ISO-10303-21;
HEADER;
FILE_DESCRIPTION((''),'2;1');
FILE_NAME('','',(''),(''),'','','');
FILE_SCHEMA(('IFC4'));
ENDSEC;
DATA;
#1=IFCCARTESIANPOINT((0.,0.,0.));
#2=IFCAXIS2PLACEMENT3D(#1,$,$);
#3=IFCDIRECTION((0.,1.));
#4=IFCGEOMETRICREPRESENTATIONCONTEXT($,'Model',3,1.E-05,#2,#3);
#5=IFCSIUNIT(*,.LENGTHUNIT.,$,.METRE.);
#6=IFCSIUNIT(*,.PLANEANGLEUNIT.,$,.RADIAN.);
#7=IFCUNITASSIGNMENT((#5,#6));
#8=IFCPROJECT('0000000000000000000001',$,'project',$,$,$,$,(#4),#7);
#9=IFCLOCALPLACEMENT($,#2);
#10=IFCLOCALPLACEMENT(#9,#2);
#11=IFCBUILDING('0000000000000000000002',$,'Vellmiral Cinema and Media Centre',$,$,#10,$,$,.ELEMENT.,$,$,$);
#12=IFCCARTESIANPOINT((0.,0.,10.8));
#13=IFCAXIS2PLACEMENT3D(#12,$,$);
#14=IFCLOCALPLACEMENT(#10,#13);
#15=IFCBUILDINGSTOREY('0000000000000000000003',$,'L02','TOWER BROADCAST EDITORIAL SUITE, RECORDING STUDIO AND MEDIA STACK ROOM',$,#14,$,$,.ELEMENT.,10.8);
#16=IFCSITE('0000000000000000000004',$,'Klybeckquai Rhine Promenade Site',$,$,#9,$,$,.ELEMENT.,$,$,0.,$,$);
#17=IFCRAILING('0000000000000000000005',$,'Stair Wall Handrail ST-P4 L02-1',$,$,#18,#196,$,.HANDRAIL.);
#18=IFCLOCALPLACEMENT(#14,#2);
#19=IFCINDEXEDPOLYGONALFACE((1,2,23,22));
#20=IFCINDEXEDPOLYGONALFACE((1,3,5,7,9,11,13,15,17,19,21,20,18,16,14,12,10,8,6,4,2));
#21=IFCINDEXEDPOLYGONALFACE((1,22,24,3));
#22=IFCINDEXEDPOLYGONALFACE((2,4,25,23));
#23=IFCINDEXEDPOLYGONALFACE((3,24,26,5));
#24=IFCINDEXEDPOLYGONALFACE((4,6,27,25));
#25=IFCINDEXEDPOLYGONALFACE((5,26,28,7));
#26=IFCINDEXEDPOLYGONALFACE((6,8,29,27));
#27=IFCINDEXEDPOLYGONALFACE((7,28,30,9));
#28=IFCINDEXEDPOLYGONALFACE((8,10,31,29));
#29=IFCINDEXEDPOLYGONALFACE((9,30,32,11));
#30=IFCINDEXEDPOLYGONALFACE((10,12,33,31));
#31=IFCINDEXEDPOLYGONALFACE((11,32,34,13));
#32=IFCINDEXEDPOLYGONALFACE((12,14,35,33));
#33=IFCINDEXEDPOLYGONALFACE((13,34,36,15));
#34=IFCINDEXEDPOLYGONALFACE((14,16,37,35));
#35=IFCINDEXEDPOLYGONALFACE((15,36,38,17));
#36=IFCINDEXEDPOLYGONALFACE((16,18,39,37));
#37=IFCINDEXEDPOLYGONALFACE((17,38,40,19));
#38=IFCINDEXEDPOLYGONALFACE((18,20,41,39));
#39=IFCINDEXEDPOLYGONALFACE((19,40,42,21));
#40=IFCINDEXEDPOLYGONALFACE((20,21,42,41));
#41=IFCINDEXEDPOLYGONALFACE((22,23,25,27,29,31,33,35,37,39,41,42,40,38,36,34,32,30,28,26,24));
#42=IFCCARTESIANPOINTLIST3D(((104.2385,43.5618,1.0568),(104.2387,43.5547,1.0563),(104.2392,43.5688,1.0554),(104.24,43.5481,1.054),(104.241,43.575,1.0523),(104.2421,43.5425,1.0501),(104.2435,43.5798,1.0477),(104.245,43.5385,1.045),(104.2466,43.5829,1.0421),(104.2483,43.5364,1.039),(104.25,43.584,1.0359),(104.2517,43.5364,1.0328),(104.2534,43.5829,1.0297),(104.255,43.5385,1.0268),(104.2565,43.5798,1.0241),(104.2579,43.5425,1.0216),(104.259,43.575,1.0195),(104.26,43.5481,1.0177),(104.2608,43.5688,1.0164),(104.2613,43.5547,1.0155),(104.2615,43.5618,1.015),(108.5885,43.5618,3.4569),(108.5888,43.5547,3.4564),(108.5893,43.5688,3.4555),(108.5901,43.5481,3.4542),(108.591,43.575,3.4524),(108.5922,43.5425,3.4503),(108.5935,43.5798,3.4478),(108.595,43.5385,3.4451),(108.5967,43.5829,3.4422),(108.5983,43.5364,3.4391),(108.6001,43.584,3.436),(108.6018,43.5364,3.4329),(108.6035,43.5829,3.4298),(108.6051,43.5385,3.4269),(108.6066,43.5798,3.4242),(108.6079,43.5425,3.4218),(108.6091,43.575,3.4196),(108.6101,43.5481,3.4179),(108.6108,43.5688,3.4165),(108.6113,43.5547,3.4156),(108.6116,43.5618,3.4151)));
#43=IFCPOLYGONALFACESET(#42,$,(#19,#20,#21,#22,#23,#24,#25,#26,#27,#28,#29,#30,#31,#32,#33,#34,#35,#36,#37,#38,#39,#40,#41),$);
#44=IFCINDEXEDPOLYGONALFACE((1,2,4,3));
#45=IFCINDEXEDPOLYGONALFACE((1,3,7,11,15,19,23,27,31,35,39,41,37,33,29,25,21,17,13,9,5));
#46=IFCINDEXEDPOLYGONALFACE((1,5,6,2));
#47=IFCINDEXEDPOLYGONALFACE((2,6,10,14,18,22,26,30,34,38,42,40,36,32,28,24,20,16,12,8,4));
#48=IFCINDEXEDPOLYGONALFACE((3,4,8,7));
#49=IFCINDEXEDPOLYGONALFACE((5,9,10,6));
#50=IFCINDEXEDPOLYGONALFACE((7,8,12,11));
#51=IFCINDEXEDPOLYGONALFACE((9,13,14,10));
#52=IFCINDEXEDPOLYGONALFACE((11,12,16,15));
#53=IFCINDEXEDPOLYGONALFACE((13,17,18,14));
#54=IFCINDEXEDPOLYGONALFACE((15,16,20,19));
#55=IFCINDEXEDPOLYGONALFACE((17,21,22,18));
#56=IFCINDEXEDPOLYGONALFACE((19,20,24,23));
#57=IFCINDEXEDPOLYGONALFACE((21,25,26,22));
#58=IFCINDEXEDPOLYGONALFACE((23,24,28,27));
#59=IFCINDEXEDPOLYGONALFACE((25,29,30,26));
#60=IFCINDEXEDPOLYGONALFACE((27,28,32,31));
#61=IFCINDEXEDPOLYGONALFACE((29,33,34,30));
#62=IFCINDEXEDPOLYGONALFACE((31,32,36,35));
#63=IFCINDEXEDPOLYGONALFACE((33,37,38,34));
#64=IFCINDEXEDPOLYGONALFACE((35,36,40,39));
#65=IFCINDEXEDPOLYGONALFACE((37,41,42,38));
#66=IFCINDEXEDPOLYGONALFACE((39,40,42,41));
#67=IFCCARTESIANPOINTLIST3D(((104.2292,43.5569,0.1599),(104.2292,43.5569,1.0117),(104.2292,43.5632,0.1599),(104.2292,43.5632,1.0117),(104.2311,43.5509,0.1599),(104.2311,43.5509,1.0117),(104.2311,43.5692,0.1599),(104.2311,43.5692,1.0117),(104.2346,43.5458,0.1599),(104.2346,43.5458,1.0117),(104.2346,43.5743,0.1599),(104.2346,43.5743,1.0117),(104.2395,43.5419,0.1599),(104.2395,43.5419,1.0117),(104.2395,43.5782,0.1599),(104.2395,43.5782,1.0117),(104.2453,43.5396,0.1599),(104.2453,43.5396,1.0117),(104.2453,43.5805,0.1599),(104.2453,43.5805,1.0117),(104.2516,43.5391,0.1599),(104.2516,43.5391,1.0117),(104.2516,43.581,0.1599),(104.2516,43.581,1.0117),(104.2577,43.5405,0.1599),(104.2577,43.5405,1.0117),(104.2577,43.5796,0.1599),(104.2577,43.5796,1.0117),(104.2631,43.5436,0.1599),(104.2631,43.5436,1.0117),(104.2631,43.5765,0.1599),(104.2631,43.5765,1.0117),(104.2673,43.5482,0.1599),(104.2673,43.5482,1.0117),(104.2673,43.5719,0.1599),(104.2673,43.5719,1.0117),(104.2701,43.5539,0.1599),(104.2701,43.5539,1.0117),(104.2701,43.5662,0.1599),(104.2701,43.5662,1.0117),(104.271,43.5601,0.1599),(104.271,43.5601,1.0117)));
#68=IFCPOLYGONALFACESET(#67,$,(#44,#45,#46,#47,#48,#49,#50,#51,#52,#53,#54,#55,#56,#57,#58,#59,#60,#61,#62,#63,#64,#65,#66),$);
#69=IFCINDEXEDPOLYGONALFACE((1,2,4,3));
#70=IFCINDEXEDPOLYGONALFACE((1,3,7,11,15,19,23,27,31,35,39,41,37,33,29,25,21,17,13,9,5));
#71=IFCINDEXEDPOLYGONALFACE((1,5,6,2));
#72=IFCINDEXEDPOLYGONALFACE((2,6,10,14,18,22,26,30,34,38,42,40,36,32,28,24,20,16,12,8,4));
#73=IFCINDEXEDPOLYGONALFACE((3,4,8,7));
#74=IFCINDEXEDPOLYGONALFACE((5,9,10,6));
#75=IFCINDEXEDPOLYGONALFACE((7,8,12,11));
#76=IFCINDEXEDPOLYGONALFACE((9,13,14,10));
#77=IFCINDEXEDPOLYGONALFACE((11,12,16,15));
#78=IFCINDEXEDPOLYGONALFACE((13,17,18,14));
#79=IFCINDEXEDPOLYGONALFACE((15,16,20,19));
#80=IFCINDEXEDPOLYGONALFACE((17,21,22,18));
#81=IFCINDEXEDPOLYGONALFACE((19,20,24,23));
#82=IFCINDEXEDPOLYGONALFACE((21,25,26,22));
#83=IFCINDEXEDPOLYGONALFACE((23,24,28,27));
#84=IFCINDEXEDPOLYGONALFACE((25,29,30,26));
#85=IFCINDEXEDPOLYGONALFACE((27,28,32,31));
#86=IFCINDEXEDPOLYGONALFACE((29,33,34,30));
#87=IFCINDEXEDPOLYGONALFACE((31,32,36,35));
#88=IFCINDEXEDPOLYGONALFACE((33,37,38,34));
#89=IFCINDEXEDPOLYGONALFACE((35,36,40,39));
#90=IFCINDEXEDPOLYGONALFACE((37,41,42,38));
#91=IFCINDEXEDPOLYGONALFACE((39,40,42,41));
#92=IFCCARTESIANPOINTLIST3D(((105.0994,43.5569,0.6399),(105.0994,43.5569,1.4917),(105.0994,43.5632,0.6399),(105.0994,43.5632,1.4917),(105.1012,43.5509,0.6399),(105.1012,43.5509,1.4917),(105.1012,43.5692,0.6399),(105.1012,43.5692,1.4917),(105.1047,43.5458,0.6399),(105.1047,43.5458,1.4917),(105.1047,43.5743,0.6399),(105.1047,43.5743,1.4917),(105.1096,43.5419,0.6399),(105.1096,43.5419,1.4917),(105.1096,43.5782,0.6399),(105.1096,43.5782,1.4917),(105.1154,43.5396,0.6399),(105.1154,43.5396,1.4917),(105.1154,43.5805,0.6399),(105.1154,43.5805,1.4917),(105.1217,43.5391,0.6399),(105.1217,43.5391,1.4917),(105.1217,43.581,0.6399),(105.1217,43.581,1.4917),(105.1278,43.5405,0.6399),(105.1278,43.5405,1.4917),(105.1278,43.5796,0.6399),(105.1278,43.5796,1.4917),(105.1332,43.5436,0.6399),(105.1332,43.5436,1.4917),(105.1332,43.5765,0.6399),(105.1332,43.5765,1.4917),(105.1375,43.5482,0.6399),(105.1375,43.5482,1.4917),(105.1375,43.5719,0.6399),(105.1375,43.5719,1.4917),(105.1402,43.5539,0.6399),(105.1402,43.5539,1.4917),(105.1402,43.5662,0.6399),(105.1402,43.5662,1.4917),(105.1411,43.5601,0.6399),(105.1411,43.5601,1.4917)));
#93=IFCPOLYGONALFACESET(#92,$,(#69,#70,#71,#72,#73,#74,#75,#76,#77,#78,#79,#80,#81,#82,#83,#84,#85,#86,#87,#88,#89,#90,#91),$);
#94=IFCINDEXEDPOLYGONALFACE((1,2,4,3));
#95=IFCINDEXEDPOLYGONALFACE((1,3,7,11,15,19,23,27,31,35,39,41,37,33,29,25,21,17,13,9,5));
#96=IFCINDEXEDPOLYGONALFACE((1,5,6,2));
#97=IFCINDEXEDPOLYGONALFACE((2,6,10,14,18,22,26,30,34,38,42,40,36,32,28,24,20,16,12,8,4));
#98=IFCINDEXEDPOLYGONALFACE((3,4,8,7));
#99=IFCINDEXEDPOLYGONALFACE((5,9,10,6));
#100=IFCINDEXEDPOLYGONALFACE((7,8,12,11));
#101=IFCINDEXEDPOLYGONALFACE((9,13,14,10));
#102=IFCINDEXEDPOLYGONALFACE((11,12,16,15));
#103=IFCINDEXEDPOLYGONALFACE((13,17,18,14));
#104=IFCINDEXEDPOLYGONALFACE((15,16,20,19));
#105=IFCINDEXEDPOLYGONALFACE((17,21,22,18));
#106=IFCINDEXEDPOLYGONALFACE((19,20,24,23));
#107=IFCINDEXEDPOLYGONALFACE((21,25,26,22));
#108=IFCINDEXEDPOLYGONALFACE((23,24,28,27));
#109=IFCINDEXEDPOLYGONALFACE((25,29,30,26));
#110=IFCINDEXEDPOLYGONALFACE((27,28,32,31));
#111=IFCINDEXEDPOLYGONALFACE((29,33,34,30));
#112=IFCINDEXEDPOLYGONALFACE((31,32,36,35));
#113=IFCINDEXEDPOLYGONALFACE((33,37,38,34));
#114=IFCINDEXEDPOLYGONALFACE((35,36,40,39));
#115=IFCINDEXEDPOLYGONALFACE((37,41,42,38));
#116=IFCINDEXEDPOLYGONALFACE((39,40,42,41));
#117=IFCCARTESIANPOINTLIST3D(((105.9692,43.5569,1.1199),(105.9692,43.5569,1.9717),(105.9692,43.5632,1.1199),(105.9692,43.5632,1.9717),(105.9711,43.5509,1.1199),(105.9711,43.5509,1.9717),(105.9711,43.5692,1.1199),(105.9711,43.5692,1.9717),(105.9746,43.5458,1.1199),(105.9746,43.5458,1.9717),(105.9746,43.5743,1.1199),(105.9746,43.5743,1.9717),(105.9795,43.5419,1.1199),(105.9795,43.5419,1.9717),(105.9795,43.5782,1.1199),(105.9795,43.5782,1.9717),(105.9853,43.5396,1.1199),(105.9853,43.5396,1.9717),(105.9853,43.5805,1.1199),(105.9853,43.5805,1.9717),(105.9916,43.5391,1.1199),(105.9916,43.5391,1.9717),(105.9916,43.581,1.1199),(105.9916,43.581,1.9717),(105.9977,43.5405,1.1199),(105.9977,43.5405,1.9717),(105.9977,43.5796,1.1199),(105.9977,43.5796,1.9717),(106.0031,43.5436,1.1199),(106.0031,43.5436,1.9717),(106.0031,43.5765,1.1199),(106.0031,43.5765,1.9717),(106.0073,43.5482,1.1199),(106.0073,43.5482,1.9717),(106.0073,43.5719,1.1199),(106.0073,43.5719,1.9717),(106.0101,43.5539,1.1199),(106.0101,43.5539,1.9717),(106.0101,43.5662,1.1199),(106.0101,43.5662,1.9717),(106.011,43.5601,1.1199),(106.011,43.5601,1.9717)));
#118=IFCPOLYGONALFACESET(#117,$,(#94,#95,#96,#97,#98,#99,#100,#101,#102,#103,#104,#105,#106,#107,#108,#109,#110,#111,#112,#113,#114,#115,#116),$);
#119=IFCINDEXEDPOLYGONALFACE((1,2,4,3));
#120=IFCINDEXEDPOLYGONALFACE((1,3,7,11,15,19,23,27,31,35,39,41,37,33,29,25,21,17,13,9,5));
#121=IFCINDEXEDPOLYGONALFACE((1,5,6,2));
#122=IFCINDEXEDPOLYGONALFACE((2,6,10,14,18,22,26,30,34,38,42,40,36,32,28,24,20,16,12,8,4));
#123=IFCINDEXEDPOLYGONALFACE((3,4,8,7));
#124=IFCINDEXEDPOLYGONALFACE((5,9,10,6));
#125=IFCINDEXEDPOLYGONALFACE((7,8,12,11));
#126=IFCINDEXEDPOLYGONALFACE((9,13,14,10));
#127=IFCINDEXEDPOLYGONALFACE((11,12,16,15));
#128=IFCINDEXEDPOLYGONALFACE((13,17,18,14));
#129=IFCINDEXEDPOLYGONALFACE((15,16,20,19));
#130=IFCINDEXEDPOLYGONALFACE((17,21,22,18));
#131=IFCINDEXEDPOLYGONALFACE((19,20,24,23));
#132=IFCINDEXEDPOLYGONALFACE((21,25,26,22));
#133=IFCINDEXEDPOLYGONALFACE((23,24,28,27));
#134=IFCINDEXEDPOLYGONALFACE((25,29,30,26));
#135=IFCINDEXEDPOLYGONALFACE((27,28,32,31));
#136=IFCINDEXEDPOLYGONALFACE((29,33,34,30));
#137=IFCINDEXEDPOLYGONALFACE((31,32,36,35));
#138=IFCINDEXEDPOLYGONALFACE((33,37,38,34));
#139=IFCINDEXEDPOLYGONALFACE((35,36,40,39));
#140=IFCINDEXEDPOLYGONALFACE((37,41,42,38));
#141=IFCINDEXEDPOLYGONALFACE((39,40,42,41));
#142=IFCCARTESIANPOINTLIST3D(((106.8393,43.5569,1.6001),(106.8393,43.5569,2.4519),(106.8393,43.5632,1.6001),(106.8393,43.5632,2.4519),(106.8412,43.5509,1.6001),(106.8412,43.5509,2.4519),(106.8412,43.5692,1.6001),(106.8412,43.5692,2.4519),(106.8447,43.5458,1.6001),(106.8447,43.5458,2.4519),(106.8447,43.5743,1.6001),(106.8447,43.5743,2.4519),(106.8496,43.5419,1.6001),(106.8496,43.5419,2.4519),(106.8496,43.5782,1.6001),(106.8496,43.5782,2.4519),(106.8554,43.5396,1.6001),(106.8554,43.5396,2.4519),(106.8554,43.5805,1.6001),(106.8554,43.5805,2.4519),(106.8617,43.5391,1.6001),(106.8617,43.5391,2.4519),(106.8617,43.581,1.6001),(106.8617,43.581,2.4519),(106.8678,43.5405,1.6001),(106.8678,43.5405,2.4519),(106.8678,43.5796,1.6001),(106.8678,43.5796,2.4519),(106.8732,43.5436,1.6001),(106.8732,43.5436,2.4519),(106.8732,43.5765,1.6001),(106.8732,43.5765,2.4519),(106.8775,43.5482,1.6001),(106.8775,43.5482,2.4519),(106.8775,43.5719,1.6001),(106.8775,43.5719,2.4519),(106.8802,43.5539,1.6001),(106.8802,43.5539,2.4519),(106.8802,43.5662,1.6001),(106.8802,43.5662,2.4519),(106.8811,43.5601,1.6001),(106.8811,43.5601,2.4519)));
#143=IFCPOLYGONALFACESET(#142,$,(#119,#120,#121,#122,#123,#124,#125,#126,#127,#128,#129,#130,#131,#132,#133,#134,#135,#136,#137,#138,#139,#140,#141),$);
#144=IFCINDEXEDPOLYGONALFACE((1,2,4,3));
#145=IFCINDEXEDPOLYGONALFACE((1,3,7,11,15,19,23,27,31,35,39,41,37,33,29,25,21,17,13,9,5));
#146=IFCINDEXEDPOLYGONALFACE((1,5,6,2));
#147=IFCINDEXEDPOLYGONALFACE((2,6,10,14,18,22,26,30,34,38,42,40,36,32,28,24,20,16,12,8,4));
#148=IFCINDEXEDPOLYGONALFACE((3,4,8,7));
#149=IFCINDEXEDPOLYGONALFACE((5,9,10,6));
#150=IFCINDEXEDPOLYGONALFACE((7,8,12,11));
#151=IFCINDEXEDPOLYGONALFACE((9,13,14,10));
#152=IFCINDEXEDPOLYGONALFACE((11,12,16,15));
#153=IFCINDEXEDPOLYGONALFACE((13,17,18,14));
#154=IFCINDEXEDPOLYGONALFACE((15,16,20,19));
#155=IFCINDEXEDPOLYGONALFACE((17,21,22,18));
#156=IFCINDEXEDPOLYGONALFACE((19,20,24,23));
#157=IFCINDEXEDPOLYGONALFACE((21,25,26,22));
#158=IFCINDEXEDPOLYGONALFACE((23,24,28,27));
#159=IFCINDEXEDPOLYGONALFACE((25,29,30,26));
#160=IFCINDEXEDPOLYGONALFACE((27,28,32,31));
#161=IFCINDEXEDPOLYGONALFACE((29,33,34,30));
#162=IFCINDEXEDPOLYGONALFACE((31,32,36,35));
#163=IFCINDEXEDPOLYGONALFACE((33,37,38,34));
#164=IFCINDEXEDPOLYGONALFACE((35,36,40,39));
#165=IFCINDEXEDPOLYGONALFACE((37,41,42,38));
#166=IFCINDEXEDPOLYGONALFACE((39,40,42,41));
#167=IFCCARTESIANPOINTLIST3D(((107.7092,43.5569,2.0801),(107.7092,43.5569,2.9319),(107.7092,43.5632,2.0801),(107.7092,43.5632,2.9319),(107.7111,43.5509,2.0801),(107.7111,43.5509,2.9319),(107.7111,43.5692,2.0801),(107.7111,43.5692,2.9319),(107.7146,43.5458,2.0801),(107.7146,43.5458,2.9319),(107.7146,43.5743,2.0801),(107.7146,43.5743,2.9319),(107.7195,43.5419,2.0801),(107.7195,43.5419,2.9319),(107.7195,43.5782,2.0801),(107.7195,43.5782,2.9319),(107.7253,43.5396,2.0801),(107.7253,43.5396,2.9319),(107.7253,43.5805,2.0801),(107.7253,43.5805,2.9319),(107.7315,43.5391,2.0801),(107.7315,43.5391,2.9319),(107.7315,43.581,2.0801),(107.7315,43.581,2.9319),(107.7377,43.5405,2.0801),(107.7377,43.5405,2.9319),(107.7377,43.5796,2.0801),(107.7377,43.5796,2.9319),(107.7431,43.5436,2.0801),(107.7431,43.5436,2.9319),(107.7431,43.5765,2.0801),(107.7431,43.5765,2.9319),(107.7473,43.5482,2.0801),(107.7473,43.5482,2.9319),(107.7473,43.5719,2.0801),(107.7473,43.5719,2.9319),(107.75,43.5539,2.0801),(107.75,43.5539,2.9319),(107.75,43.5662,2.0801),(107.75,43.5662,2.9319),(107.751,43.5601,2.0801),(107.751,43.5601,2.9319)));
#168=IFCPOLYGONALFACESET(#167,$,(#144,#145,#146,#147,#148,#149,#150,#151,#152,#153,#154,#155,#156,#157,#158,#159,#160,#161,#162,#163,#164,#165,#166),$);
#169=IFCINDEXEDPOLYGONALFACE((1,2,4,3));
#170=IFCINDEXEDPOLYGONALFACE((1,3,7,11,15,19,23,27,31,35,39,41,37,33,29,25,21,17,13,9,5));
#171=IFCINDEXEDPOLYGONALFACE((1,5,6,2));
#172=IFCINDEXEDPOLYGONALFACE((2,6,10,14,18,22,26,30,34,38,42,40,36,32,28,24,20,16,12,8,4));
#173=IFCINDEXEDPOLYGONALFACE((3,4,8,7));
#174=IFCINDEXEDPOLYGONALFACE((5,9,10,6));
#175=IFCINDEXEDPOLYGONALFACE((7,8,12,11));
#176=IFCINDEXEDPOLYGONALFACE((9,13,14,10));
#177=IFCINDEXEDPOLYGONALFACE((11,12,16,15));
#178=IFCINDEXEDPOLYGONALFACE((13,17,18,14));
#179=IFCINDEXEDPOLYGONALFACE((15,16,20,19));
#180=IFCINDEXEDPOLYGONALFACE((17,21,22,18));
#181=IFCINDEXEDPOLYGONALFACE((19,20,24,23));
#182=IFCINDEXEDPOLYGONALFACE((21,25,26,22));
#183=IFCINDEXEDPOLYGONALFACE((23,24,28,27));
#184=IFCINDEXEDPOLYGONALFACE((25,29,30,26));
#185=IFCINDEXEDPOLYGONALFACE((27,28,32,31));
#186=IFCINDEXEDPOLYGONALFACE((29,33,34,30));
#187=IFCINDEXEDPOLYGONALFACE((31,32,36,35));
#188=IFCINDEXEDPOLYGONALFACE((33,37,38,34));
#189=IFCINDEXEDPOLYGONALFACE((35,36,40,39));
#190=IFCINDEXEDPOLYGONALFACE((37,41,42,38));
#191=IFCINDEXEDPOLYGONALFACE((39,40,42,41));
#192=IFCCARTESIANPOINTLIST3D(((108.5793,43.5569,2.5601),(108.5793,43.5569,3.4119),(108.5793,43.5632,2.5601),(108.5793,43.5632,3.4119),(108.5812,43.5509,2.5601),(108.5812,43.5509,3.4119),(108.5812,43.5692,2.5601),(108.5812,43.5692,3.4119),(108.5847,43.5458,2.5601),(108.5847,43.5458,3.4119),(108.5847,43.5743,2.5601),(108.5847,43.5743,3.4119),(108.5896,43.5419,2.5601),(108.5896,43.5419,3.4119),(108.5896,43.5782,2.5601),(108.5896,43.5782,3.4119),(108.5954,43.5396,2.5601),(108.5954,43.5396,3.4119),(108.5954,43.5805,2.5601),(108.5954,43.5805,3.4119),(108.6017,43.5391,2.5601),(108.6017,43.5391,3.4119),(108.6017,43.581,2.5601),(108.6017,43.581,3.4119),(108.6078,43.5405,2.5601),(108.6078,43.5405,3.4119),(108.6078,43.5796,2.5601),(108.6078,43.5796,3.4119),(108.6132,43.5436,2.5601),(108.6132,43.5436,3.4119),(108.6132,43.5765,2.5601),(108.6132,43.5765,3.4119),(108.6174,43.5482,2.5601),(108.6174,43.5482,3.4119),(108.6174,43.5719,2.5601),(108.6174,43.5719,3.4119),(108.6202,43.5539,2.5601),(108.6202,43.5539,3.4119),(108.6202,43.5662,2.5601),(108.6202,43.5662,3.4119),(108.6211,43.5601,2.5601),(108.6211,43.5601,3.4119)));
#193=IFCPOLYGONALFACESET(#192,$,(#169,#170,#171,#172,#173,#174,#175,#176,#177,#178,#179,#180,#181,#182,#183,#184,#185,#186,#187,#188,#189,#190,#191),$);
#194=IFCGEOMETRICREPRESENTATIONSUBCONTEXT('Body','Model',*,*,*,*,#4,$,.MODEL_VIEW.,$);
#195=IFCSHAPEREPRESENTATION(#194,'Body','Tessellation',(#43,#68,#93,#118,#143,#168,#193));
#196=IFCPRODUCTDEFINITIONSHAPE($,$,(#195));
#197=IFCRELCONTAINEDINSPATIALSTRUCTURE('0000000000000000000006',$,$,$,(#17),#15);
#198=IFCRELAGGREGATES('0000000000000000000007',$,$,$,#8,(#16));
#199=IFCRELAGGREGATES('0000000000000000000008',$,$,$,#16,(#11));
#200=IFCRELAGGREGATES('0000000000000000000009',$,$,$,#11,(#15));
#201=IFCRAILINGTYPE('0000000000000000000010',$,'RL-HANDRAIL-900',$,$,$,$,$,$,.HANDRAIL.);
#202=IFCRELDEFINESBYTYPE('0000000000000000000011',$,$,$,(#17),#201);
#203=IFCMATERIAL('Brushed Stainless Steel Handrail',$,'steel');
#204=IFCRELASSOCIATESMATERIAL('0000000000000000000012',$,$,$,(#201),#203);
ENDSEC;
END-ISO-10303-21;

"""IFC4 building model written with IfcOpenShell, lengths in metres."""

from ifc_helpers import new_model, si_unit, direction, frame, origin, origin_2d, place, context, subcontext, project, spatial, circle, extrude, material, type_object, element, save


model = new_model("IFC4")

# Units and contexts
model_context = context("Model", 3, precision=1e-05, world=origin(), true_north=direction((0.0, 1.0)))
body_context = subcontext(model_context, "Body", "Model", "MODEL_VIEW")
ifc_project = project(units=[si_unit("LENGTHUNIT", "METRE"), si_unit("PLANEANGLEUNIT", "RADIAN")], contexts=[model_context])

# Site, building, storey
site_placement = place(None, origin())
site = spatial("IfcSite", under=ifc_project, at=site_placement, Name="Klybeckquai Rhine Promenade Site", CompositionType="ELEMENT", RefElevation=0.0)
building_placement = place(site_placement, origin())
building = spatial("IfcBuilding", under=site, at=building_placement, Name="Vellmiral Cinema and Media Centre", CompositionType="ELEMENT")
storey_placement = place(building_placement, frame((0.0, 0.0, 10.8)))
storey = spatial("IfcBuildingStorey", under=building, at=storey_placement, Name="L02", Description="TOWER BROADCAST EDITORIAL SUITE, RECORDING STUDIO AND MEDIA STACK ROOM", CompositionType="ELEMENT", Elevation=10.8)

# Railing
ifc_material_1 = material(Name="Brushed Stainless Steel Handrail", Category="steel")
railing_type_1 = type_object("IfcRailingType", Name="RL-HANDRAIL-900", PredefinedType="HANDRAIL", material=ifc_material_1)
railing_1_placement = place(storey_placement, frame((104.25, 43.5601, 0.1599)))
element("IfcRailing", 1, at=railing_1_placement, inside=storey, type_object=railing_type_1, Name="Stair Wall Handrail ST-P4 L02-1", PredefinedType="HANDRAIL", context=body_context, shape_type="SweptSolid", body=[
    extrude(circle(Radius=0.0239, at=origin_2d()), frame((0.0, 0.0, 0.876), z_axis=(0.87557, 0.0, 0.483092), x_axis=(0.0, 1.0, 0.0)), (0.0, 0.0, 1.0), 4.9683),
    extrude(circle(Radius=0.021, at=origin_2d()), origin(), (0.0, 0.0, 1.0), 0.8518),
    extrude(circle(Radius=0.021, at=origin_2d()), frame((0.8701, 0.0, 0.48)), (0.0, 0.0, 1.0), 0.8518),
    extrude(circle(Radius=0.021, at=origin_2d()), frame((1.74, 0.0, 0.96)), (0.0, 0.0, 1.0), 0.8518),
    extrude(circle(Radius=0.021, at=origin_2d()), frame((2.6101, 0.0, 1.4402)), (0.0, 0.0, 1.0), 0.8518),
    extrude(circle(Radius=0.021, at=origin_2d()), frame((3.48, 0.0, 1.9202)), (0.0, 0.0, 1.0), 0.8518),
    extrude(circle(Radius=0.021, at=origin_2d()), frame((4.3501, 0.0, 2.4001)), (0.0, 0.0, 1.0), 0.8518),
])

save(model, "model.ifc")
